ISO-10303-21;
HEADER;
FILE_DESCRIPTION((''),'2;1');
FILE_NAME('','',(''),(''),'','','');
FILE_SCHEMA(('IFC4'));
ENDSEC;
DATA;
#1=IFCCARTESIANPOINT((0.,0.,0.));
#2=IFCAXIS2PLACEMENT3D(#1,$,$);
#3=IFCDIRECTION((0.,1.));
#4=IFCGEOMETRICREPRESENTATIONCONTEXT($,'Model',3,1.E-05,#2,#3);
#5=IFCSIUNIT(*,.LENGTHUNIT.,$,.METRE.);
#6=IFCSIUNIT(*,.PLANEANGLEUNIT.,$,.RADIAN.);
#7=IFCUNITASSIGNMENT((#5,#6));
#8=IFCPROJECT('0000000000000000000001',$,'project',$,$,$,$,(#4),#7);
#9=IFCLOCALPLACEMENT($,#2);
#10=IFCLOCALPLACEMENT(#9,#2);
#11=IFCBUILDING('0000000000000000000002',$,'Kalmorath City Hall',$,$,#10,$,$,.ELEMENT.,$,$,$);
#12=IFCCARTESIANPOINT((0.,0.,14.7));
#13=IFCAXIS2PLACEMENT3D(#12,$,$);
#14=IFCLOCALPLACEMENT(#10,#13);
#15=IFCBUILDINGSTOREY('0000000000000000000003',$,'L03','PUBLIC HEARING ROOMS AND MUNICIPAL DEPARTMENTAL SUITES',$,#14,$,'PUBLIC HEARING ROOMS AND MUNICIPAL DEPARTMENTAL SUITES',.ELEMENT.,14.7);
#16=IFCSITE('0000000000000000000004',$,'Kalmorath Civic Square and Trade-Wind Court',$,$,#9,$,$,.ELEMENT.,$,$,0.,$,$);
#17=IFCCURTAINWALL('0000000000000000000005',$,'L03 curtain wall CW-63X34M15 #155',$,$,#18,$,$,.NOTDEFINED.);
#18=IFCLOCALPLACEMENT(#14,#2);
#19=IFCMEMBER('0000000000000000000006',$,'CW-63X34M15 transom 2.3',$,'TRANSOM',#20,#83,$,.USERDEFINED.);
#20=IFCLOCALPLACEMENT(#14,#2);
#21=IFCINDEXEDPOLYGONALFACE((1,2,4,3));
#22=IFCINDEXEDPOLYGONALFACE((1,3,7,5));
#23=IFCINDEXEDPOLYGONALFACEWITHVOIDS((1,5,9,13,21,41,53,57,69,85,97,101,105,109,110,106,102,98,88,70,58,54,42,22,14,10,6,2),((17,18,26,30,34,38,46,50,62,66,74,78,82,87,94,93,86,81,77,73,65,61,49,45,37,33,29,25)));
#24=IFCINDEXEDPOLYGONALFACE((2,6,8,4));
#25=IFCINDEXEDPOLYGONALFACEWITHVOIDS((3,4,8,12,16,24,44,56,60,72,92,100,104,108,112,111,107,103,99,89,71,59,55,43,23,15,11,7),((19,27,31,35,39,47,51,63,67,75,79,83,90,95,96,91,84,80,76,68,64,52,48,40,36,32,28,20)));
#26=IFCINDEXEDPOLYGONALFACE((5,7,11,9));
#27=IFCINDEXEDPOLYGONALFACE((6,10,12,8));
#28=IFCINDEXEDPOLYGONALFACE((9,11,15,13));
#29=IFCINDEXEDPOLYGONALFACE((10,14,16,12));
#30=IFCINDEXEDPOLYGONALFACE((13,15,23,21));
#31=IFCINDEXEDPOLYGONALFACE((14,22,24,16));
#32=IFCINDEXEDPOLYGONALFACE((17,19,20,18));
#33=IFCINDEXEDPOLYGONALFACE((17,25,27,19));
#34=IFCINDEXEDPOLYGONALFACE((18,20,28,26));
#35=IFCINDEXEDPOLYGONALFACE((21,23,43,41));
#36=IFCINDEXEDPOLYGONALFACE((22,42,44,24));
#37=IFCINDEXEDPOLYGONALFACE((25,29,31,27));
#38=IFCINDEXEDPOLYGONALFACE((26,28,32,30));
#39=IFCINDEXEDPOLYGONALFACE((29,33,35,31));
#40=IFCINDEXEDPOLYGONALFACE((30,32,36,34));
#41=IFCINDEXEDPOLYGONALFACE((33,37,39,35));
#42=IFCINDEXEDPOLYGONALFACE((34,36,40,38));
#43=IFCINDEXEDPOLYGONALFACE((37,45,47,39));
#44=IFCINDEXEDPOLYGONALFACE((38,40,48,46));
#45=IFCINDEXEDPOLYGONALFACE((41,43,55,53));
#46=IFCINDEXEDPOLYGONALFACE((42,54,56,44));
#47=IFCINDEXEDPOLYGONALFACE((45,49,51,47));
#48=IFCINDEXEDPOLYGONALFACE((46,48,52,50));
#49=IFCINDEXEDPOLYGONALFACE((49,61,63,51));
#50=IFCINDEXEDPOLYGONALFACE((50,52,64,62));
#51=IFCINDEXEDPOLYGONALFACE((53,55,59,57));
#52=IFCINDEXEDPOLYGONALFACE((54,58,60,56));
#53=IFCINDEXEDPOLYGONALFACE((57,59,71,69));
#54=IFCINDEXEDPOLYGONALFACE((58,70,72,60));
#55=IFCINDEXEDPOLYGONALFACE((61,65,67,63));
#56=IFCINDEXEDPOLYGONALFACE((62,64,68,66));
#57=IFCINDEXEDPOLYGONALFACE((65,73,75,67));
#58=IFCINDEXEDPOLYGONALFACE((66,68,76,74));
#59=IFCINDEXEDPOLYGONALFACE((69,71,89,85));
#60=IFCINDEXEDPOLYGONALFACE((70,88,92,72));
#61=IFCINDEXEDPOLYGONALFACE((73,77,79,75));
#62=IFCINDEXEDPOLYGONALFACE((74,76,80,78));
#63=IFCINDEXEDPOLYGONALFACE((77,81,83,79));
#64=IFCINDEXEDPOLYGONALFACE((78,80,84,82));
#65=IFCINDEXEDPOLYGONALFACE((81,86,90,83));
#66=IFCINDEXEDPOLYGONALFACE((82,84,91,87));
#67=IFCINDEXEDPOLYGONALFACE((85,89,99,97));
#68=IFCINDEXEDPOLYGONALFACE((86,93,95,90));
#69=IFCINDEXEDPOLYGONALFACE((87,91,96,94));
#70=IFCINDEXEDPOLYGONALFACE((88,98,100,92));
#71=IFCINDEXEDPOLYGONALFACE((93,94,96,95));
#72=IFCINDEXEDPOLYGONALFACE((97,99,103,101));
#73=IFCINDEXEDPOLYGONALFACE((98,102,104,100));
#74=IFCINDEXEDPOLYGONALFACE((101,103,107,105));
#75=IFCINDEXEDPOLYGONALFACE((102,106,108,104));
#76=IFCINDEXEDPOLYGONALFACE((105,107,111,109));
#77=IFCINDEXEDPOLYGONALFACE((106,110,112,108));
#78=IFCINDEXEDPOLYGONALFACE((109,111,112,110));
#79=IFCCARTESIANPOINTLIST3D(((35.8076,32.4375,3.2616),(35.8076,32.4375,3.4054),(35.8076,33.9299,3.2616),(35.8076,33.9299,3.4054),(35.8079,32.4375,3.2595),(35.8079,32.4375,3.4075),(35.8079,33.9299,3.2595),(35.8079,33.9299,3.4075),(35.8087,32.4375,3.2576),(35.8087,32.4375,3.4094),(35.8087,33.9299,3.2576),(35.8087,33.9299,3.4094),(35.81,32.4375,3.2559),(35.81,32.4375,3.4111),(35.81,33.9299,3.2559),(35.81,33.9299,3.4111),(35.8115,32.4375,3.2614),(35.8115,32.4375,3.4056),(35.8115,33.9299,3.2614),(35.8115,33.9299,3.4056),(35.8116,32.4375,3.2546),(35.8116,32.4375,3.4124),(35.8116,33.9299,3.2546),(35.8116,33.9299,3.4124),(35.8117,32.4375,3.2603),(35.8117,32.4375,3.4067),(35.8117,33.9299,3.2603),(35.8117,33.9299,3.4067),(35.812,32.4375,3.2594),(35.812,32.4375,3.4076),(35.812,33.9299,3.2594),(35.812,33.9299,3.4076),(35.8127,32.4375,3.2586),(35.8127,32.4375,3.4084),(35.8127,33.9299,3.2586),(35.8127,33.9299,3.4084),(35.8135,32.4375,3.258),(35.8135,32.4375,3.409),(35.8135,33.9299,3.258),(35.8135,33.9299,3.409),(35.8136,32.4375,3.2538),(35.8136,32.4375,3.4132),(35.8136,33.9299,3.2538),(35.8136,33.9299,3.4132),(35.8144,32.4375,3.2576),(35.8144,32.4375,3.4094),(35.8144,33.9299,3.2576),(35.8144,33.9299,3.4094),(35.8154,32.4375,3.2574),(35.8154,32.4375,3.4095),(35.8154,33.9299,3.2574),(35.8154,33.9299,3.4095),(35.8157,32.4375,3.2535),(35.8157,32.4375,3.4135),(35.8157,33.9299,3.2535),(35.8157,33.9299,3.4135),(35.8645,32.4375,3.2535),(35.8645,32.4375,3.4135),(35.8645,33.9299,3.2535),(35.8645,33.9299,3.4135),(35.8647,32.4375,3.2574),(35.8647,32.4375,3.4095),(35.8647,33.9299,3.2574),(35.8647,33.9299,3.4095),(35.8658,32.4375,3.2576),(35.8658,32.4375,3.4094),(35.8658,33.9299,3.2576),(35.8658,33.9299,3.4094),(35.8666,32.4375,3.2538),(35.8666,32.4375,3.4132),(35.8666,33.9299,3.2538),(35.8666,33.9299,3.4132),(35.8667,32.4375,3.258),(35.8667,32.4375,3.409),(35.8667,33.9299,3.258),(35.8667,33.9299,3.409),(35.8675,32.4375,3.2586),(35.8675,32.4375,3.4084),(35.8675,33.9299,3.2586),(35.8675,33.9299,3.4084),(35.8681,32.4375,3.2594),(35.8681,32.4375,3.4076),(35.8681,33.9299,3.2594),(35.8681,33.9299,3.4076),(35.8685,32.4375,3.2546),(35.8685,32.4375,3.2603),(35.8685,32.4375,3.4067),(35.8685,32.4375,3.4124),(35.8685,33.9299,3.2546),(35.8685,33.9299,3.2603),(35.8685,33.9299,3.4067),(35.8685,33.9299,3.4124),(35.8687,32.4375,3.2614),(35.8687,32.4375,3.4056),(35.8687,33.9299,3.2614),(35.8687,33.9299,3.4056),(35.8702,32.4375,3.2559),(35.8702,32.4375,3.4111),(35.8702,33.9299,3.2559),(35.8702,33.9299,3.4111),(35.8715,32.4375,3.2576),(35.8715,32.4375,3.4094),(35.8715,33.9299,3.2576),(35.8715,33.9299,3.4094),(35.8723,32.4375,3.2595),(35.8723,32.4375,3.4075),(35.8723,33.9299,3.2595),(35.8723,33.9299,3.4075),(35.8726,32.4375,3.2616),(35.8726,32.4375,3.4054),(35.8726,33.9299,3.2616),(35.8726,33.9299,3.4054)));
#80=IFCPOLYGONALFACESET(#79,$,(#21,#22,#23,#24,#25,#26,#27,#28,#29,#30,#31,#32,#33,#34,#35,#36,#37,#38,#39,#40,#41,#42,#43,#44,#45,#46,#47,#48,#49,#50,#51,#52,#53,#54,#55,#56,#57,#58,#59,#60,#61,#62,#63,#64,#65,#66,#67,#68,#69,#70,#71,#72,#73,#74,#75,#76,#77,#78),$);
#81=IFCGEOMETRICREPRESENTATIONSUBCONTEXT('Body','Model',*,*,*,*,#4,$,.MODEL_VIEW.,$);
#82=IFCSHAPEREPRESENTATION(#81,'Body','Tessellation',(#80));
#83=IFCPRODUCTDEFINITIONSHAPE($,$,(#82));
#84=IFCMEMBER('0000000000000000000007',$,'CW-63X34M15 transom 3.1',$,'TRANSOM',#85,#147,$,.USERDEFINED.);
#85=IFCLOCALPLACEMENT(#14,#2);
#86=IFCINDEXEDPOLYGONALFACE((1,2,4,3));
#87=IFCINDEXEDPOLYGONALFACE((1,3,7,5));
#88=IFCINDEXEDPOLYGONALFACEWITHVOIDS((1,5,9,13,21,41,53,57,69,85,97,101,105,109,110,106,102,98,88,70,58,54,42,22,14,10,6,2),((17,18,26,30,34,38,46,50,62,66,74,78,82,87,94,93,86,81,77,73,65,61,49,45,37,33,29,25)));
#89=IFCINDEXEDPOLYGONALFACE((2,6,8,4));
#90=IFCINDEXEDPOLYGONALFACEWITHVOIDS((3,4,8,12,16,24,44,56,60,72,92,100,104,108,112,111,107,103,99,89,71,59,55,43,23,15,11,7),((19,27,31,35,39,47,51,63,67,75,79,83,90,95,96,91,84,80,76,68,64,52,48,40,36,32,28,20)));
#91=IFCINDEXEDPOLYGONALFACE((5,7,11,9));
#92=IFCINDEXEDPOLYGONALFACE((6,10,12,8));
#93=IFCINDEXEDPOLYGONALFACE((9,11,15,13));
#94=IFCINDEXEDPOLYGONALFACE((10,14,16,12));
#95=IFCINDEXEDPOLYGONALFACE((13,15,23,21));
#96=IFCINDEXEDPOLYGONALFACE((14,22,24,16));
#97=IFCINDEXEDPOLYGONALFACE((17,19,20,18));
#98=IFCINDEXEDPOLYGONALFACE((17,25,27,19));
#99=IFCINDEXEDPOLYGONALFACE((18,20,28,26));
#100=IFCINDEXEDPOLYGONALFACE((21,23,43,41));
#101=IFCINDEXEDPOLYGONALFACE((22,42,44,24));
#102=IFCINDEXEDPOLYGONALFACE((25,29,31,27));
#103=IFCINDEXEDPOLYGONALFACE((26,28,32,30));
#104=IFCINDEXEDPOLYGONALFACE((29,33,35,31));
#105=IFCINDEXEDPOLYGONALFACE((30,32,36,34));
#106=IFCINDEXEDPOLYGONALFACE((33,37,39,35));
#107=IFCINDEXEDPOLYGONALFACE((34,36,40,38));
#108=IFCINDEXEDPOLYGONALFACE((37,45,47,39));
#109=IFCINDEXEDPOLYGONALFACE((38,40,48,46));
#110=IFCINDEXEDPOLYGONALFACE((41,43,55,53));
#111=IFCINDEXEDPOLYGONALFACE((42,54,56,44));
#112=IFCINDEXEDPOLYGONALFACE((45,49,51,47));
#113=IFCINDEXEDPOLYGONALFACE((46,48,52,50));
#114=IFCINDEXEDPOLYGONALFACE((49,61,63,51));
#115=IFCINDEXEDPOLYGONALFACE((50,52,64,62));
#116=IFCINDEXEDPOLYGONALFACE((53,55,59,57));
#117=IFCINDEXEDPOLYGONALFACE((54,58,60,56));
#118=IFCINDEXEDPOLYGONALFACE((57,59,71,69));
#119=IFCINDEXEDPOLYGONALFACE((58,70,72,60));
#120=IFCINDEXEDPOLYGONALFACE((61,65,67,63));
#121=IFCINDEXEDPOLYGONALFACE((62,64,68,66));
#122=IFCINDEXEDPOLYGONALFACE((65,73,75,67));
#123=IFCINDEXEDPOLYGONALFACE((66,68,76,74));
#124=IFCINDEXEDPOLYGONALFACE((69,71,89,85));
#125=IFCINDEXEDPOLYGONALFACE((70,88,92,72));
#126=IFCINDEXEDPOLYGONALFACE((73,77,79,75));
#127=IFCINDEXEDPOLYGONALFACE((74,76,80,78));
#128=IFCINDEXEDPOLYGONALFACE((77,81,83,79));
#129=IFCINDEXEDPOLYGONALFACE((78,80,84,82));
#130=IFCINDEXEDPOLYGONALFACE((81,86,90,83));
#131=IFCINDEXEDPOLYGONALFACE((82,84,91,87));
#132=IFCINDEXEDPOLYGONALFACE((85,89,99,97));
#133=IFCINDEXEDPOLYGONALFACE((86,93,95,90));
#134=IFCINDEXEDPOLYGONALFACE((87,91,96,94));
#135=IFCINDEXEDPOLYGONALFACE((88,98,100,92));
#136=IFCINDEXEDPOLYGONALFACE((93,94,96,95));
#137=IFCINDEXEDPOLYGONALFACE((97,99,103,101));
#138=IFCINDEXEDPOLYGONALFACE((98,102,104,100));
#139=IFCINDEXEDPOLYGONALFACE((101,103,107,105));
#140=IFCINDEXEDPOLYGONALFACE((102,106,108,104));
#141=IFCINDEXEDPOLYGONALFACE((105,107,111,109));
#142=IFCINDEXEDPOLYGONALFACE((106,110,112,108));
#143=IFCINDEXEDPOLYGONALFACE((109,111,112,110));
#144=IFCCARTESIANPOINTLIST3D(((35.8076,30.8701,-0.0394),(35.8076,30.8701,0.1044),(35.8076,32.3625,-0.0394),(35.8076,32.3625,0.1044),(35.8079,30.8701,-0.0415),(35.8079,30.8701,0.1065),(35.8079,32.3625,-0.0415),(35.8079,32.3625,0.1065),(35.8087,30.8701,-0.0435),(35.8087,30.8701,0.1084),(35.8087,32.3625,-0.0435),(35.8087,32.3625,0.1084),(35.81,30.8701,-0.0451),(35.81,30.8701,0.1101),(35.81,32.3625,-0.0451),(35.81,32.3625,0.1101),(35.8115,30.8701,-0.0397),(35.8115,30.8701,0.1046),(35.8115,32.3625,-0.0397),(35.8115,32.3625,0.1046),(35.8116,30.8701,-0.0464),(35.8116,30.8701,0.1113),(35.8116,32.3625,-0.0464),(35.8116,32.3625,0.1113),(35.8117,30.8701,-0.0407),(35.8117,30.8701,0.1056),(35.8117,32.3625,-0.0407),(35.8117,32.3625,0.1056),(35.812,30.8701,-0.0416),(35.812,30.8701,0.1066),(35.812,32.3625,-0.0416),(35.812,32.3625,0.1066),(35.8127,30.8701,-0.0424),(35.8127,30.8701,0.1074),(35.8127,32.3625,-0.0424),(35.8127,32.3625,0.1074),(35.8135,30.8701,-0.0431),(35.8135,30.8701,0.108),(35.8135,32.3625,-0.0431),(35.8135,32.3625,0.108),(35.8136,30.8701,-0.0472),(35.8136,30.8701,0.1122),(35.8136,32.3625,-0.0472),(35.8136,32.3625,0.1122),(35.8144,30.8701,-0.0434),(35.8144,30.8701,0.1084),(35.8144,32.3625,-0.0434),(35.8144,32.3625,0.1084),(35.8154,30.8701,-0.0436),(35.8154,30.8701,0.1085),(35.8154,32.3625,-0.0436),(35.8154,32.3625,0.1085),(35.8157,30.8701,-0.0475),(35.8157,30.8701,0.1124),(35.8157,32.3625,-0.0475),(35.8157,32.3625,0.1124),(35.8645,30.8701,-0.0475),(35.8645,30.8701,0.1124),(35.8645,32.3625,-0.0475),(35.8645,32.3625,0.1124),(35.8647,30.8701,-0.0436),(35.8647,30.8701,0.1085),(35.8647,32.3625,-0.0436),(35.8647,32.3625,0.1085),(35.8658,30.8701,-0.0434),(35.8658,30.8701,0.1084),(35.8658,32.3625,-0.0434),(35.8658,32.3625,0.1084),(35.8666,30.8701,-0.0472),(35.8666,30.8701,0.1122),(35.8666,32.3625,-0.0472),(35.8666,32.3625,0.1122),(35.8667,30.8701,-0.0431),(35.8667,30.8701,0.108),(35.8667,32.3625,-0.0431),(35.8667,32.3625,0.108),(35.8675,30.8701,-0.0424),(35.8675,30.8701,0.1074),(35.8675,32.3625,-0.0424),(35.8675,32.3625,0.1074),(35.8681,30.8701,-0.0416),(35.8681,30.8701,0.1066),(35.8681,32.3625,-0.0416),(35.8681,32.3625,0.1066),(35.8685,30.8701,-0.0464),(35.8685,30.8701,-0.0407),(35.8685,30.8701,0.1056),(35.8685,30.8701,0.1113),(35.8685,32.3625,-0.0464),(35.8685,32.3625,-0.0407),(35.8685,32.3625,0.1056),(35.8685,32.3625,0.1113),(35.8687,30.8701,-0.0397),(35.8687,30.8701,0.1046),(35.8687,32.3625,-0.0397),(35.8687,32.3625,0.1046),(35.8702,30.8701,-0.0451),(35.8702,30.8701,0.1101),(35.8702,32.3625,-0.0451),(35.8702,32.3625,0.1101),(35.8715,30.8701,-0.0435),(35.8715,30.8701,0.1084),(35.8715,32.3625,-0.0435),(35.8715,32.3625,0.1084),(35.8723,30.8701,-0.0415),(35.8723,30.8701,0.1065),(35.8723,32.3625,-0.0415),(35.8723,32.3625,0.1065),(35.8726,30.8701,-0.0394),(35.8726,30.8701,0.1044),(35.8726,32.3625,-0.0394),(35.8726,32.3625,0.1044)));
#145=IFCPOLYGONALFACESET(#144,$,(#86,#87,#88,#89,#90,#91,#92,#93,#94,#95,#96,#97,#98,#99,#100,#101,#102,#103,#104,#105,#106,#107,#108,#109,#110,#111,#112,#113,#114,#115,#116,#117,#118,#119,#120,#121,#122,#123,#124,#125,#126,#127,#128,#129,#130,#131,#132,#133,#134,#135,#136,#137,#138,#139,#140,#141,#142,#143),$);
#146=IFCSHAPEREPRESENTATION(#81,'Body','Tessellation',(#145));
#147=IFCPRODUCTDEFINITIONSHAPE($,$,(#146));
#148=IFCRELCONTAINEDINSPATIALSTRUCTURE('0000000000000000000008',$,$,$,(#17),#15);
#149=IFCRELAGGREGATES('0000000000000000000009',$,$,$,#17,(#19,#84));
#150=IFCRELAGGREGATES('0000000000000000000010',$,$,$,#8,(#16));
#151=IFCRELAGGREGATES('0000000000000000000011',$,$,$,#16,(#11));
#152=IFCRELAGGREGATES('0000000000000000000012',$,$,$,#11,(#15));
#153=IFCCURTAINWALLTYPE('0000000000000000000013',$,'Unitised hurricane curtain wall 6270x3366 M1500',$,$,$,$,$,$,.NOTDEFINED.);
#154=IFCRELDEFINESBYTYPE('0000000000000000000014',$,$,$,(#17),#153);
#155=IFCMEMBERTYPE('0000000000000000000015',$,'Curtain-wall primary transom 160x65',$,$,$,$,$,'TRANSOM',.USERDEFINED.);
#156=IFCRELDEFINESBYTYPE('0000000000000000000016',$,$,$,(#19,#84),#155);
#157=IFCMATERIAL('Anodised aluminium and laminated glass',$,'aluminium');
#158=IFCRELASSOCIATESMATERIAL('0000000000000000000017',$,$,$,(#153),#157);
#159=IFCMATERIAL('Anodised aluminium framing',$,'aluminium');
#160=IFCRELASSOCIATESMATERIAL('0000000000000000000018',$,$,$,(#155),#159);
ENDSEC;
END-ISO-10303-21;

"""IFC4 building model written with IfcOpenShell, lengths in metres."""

from ifc_helpers import new_model, si_unit, direction, frame, origin, origin_2d, place, context, subcontext, project, spatial, hollow_rectangle, extrude, material, material_profile, profile_set, type_object, element, aggregate, save


model = new_model("IFC4")

# Units and contexts
model_context = context("Model", 3, precision=1e-05, world=origin(), true_north=direction((0.0, 1.0)))
body_context = subcontext(model_context, "Body", "Model", "MODEL_VIEW")
ifc_project = project(units=[si_unit("LENGTHUNIT", "METRE"), si_unit("PLANEANGLEUNIT", "RADIAN")], contexts=[model_context])

# Site, building, storey
site_placement = place(None, origin())
site = spatial("IfcSite", under=ifc_project, at=site_placement, Name="Kalmorath Civic Square and Trade-Wind Court", CompositionType="ELEMENT", RefElevation=0.0)
building_placement = place(site_placement, origin())
building = spatial("IfcBuilding", under=site, at=building_placement, Name="Kalmorath City Hall", CompositionType="ELEMENT")
storey_placement = place(building_placement, frame((0.0, 0.0, 14.7)))
storey = spatial("IfcBuildingStorey", under=building, at=storey_placement, Name="L03", Description="PUBLIC HEARING ROOMS AND MUNICIPAL DEPARTMENTAL SUITES", LongName="PUBLIC HEARING ROOMS AND MUNICIPAL DEPARTMENTAL SUITES", CompositionType="ELEMENT", Elevation=14.7)

# Curtain wall, members
ifc_material_1 = material(Name="Anodised aluminium and laminated glass", Category="aluminium")
curtain_wall_type = type_object("IfcCurtainWallType", Name="Unitised hurricane curtain wall 6270x3366 M1500", PredefinedType="NOTDEFINED", material=ifc_material_1)
curtain_wall_placement = place(storey_placement, origin())
curtain_wall = element("IfcCurtainWall", 1, at=curtain_wall_placement, inside=storey, type_object=curtain_wall_type, Name="L03 curtain wall CW-63X34M15 #155", PredefinedType="NOTDEFINED")
ifc_material_2 = material(Name="Anodised aluminium framing", Category="aluminium")
ifc_material_profile_1 = material_profile(ifc_material_2, hollow_rectangle(XDim=0.0649, YDim=0.1599, WallThickness=0.0039, InnerFilletRadius=0.0039, OuterFilletRadius=0.0081, at=origin_2d()), Name="ALU-TRN-160X65X4")
ifc_profile_set_1 = profile_set([ifc_material_profile_1], Name="Anodised aluminium framing")
member_type_1 = type_object("IfcMemberType", Name="Curtain-wall primary transom 160x65", ElementType="TRANSOM", PredefinedType="USERDEFINED", material=ifc_profile_set_1)
member_1_placement = place(storey_placement, frame((35.8401, 33.9299, 3.3335), z_axis=(0.0, -1.0, 0.0), x_axis=(1.0, 0.0, 0.0)))
member_1 = element("IfcMember", 2, at=member_1_placement, type_object=member_type_1, Name="CW-63X34M15 transom 2.3", ObjectType="TRANSOM", PredefinedType="USERDEFINED", context=body_context, shape_type="SweptSolid", body=[
    extrude(hollow_rectangle(XDim=0.0649, YDim=0.1599, WallThickness=0.0039, InnerFilletRadius=0.0039, OuterFilletRadius=0.0081, at=origin_2d()), origin(), (0.0, 0.0, 1.0), 1.4924),
])
member_2_placement = place(storey_placement, frame((35.8401, 32.3625, 0.0325), z_axis=(0.0, -1.0, 0.0), x_axis=(1.0, 0.0, 0.0)))
member_2 = element("IfcMember", 3, at=member_2_placement, type_object=member_type_1, Name="CW-63X34M15 transom 3.1", ObjectType="TRANSOM", PredefinedType="USERDEFINED", context=body_context, shape_type="SweptSolid", body=[
    extrude(hollow_rectangle(XDim=0.0649, YDim=0.1599, WallThickness=0.0039, InnerFilletRadius=0.0039, OuterFilletRadius=0.0081, at=origin_2d()), origin(), (0.0, 0.0, 1.0), 1.4924),
])
aggregate(curtain_wall, [member_1, member_2])

save(model, "model.ifc")
